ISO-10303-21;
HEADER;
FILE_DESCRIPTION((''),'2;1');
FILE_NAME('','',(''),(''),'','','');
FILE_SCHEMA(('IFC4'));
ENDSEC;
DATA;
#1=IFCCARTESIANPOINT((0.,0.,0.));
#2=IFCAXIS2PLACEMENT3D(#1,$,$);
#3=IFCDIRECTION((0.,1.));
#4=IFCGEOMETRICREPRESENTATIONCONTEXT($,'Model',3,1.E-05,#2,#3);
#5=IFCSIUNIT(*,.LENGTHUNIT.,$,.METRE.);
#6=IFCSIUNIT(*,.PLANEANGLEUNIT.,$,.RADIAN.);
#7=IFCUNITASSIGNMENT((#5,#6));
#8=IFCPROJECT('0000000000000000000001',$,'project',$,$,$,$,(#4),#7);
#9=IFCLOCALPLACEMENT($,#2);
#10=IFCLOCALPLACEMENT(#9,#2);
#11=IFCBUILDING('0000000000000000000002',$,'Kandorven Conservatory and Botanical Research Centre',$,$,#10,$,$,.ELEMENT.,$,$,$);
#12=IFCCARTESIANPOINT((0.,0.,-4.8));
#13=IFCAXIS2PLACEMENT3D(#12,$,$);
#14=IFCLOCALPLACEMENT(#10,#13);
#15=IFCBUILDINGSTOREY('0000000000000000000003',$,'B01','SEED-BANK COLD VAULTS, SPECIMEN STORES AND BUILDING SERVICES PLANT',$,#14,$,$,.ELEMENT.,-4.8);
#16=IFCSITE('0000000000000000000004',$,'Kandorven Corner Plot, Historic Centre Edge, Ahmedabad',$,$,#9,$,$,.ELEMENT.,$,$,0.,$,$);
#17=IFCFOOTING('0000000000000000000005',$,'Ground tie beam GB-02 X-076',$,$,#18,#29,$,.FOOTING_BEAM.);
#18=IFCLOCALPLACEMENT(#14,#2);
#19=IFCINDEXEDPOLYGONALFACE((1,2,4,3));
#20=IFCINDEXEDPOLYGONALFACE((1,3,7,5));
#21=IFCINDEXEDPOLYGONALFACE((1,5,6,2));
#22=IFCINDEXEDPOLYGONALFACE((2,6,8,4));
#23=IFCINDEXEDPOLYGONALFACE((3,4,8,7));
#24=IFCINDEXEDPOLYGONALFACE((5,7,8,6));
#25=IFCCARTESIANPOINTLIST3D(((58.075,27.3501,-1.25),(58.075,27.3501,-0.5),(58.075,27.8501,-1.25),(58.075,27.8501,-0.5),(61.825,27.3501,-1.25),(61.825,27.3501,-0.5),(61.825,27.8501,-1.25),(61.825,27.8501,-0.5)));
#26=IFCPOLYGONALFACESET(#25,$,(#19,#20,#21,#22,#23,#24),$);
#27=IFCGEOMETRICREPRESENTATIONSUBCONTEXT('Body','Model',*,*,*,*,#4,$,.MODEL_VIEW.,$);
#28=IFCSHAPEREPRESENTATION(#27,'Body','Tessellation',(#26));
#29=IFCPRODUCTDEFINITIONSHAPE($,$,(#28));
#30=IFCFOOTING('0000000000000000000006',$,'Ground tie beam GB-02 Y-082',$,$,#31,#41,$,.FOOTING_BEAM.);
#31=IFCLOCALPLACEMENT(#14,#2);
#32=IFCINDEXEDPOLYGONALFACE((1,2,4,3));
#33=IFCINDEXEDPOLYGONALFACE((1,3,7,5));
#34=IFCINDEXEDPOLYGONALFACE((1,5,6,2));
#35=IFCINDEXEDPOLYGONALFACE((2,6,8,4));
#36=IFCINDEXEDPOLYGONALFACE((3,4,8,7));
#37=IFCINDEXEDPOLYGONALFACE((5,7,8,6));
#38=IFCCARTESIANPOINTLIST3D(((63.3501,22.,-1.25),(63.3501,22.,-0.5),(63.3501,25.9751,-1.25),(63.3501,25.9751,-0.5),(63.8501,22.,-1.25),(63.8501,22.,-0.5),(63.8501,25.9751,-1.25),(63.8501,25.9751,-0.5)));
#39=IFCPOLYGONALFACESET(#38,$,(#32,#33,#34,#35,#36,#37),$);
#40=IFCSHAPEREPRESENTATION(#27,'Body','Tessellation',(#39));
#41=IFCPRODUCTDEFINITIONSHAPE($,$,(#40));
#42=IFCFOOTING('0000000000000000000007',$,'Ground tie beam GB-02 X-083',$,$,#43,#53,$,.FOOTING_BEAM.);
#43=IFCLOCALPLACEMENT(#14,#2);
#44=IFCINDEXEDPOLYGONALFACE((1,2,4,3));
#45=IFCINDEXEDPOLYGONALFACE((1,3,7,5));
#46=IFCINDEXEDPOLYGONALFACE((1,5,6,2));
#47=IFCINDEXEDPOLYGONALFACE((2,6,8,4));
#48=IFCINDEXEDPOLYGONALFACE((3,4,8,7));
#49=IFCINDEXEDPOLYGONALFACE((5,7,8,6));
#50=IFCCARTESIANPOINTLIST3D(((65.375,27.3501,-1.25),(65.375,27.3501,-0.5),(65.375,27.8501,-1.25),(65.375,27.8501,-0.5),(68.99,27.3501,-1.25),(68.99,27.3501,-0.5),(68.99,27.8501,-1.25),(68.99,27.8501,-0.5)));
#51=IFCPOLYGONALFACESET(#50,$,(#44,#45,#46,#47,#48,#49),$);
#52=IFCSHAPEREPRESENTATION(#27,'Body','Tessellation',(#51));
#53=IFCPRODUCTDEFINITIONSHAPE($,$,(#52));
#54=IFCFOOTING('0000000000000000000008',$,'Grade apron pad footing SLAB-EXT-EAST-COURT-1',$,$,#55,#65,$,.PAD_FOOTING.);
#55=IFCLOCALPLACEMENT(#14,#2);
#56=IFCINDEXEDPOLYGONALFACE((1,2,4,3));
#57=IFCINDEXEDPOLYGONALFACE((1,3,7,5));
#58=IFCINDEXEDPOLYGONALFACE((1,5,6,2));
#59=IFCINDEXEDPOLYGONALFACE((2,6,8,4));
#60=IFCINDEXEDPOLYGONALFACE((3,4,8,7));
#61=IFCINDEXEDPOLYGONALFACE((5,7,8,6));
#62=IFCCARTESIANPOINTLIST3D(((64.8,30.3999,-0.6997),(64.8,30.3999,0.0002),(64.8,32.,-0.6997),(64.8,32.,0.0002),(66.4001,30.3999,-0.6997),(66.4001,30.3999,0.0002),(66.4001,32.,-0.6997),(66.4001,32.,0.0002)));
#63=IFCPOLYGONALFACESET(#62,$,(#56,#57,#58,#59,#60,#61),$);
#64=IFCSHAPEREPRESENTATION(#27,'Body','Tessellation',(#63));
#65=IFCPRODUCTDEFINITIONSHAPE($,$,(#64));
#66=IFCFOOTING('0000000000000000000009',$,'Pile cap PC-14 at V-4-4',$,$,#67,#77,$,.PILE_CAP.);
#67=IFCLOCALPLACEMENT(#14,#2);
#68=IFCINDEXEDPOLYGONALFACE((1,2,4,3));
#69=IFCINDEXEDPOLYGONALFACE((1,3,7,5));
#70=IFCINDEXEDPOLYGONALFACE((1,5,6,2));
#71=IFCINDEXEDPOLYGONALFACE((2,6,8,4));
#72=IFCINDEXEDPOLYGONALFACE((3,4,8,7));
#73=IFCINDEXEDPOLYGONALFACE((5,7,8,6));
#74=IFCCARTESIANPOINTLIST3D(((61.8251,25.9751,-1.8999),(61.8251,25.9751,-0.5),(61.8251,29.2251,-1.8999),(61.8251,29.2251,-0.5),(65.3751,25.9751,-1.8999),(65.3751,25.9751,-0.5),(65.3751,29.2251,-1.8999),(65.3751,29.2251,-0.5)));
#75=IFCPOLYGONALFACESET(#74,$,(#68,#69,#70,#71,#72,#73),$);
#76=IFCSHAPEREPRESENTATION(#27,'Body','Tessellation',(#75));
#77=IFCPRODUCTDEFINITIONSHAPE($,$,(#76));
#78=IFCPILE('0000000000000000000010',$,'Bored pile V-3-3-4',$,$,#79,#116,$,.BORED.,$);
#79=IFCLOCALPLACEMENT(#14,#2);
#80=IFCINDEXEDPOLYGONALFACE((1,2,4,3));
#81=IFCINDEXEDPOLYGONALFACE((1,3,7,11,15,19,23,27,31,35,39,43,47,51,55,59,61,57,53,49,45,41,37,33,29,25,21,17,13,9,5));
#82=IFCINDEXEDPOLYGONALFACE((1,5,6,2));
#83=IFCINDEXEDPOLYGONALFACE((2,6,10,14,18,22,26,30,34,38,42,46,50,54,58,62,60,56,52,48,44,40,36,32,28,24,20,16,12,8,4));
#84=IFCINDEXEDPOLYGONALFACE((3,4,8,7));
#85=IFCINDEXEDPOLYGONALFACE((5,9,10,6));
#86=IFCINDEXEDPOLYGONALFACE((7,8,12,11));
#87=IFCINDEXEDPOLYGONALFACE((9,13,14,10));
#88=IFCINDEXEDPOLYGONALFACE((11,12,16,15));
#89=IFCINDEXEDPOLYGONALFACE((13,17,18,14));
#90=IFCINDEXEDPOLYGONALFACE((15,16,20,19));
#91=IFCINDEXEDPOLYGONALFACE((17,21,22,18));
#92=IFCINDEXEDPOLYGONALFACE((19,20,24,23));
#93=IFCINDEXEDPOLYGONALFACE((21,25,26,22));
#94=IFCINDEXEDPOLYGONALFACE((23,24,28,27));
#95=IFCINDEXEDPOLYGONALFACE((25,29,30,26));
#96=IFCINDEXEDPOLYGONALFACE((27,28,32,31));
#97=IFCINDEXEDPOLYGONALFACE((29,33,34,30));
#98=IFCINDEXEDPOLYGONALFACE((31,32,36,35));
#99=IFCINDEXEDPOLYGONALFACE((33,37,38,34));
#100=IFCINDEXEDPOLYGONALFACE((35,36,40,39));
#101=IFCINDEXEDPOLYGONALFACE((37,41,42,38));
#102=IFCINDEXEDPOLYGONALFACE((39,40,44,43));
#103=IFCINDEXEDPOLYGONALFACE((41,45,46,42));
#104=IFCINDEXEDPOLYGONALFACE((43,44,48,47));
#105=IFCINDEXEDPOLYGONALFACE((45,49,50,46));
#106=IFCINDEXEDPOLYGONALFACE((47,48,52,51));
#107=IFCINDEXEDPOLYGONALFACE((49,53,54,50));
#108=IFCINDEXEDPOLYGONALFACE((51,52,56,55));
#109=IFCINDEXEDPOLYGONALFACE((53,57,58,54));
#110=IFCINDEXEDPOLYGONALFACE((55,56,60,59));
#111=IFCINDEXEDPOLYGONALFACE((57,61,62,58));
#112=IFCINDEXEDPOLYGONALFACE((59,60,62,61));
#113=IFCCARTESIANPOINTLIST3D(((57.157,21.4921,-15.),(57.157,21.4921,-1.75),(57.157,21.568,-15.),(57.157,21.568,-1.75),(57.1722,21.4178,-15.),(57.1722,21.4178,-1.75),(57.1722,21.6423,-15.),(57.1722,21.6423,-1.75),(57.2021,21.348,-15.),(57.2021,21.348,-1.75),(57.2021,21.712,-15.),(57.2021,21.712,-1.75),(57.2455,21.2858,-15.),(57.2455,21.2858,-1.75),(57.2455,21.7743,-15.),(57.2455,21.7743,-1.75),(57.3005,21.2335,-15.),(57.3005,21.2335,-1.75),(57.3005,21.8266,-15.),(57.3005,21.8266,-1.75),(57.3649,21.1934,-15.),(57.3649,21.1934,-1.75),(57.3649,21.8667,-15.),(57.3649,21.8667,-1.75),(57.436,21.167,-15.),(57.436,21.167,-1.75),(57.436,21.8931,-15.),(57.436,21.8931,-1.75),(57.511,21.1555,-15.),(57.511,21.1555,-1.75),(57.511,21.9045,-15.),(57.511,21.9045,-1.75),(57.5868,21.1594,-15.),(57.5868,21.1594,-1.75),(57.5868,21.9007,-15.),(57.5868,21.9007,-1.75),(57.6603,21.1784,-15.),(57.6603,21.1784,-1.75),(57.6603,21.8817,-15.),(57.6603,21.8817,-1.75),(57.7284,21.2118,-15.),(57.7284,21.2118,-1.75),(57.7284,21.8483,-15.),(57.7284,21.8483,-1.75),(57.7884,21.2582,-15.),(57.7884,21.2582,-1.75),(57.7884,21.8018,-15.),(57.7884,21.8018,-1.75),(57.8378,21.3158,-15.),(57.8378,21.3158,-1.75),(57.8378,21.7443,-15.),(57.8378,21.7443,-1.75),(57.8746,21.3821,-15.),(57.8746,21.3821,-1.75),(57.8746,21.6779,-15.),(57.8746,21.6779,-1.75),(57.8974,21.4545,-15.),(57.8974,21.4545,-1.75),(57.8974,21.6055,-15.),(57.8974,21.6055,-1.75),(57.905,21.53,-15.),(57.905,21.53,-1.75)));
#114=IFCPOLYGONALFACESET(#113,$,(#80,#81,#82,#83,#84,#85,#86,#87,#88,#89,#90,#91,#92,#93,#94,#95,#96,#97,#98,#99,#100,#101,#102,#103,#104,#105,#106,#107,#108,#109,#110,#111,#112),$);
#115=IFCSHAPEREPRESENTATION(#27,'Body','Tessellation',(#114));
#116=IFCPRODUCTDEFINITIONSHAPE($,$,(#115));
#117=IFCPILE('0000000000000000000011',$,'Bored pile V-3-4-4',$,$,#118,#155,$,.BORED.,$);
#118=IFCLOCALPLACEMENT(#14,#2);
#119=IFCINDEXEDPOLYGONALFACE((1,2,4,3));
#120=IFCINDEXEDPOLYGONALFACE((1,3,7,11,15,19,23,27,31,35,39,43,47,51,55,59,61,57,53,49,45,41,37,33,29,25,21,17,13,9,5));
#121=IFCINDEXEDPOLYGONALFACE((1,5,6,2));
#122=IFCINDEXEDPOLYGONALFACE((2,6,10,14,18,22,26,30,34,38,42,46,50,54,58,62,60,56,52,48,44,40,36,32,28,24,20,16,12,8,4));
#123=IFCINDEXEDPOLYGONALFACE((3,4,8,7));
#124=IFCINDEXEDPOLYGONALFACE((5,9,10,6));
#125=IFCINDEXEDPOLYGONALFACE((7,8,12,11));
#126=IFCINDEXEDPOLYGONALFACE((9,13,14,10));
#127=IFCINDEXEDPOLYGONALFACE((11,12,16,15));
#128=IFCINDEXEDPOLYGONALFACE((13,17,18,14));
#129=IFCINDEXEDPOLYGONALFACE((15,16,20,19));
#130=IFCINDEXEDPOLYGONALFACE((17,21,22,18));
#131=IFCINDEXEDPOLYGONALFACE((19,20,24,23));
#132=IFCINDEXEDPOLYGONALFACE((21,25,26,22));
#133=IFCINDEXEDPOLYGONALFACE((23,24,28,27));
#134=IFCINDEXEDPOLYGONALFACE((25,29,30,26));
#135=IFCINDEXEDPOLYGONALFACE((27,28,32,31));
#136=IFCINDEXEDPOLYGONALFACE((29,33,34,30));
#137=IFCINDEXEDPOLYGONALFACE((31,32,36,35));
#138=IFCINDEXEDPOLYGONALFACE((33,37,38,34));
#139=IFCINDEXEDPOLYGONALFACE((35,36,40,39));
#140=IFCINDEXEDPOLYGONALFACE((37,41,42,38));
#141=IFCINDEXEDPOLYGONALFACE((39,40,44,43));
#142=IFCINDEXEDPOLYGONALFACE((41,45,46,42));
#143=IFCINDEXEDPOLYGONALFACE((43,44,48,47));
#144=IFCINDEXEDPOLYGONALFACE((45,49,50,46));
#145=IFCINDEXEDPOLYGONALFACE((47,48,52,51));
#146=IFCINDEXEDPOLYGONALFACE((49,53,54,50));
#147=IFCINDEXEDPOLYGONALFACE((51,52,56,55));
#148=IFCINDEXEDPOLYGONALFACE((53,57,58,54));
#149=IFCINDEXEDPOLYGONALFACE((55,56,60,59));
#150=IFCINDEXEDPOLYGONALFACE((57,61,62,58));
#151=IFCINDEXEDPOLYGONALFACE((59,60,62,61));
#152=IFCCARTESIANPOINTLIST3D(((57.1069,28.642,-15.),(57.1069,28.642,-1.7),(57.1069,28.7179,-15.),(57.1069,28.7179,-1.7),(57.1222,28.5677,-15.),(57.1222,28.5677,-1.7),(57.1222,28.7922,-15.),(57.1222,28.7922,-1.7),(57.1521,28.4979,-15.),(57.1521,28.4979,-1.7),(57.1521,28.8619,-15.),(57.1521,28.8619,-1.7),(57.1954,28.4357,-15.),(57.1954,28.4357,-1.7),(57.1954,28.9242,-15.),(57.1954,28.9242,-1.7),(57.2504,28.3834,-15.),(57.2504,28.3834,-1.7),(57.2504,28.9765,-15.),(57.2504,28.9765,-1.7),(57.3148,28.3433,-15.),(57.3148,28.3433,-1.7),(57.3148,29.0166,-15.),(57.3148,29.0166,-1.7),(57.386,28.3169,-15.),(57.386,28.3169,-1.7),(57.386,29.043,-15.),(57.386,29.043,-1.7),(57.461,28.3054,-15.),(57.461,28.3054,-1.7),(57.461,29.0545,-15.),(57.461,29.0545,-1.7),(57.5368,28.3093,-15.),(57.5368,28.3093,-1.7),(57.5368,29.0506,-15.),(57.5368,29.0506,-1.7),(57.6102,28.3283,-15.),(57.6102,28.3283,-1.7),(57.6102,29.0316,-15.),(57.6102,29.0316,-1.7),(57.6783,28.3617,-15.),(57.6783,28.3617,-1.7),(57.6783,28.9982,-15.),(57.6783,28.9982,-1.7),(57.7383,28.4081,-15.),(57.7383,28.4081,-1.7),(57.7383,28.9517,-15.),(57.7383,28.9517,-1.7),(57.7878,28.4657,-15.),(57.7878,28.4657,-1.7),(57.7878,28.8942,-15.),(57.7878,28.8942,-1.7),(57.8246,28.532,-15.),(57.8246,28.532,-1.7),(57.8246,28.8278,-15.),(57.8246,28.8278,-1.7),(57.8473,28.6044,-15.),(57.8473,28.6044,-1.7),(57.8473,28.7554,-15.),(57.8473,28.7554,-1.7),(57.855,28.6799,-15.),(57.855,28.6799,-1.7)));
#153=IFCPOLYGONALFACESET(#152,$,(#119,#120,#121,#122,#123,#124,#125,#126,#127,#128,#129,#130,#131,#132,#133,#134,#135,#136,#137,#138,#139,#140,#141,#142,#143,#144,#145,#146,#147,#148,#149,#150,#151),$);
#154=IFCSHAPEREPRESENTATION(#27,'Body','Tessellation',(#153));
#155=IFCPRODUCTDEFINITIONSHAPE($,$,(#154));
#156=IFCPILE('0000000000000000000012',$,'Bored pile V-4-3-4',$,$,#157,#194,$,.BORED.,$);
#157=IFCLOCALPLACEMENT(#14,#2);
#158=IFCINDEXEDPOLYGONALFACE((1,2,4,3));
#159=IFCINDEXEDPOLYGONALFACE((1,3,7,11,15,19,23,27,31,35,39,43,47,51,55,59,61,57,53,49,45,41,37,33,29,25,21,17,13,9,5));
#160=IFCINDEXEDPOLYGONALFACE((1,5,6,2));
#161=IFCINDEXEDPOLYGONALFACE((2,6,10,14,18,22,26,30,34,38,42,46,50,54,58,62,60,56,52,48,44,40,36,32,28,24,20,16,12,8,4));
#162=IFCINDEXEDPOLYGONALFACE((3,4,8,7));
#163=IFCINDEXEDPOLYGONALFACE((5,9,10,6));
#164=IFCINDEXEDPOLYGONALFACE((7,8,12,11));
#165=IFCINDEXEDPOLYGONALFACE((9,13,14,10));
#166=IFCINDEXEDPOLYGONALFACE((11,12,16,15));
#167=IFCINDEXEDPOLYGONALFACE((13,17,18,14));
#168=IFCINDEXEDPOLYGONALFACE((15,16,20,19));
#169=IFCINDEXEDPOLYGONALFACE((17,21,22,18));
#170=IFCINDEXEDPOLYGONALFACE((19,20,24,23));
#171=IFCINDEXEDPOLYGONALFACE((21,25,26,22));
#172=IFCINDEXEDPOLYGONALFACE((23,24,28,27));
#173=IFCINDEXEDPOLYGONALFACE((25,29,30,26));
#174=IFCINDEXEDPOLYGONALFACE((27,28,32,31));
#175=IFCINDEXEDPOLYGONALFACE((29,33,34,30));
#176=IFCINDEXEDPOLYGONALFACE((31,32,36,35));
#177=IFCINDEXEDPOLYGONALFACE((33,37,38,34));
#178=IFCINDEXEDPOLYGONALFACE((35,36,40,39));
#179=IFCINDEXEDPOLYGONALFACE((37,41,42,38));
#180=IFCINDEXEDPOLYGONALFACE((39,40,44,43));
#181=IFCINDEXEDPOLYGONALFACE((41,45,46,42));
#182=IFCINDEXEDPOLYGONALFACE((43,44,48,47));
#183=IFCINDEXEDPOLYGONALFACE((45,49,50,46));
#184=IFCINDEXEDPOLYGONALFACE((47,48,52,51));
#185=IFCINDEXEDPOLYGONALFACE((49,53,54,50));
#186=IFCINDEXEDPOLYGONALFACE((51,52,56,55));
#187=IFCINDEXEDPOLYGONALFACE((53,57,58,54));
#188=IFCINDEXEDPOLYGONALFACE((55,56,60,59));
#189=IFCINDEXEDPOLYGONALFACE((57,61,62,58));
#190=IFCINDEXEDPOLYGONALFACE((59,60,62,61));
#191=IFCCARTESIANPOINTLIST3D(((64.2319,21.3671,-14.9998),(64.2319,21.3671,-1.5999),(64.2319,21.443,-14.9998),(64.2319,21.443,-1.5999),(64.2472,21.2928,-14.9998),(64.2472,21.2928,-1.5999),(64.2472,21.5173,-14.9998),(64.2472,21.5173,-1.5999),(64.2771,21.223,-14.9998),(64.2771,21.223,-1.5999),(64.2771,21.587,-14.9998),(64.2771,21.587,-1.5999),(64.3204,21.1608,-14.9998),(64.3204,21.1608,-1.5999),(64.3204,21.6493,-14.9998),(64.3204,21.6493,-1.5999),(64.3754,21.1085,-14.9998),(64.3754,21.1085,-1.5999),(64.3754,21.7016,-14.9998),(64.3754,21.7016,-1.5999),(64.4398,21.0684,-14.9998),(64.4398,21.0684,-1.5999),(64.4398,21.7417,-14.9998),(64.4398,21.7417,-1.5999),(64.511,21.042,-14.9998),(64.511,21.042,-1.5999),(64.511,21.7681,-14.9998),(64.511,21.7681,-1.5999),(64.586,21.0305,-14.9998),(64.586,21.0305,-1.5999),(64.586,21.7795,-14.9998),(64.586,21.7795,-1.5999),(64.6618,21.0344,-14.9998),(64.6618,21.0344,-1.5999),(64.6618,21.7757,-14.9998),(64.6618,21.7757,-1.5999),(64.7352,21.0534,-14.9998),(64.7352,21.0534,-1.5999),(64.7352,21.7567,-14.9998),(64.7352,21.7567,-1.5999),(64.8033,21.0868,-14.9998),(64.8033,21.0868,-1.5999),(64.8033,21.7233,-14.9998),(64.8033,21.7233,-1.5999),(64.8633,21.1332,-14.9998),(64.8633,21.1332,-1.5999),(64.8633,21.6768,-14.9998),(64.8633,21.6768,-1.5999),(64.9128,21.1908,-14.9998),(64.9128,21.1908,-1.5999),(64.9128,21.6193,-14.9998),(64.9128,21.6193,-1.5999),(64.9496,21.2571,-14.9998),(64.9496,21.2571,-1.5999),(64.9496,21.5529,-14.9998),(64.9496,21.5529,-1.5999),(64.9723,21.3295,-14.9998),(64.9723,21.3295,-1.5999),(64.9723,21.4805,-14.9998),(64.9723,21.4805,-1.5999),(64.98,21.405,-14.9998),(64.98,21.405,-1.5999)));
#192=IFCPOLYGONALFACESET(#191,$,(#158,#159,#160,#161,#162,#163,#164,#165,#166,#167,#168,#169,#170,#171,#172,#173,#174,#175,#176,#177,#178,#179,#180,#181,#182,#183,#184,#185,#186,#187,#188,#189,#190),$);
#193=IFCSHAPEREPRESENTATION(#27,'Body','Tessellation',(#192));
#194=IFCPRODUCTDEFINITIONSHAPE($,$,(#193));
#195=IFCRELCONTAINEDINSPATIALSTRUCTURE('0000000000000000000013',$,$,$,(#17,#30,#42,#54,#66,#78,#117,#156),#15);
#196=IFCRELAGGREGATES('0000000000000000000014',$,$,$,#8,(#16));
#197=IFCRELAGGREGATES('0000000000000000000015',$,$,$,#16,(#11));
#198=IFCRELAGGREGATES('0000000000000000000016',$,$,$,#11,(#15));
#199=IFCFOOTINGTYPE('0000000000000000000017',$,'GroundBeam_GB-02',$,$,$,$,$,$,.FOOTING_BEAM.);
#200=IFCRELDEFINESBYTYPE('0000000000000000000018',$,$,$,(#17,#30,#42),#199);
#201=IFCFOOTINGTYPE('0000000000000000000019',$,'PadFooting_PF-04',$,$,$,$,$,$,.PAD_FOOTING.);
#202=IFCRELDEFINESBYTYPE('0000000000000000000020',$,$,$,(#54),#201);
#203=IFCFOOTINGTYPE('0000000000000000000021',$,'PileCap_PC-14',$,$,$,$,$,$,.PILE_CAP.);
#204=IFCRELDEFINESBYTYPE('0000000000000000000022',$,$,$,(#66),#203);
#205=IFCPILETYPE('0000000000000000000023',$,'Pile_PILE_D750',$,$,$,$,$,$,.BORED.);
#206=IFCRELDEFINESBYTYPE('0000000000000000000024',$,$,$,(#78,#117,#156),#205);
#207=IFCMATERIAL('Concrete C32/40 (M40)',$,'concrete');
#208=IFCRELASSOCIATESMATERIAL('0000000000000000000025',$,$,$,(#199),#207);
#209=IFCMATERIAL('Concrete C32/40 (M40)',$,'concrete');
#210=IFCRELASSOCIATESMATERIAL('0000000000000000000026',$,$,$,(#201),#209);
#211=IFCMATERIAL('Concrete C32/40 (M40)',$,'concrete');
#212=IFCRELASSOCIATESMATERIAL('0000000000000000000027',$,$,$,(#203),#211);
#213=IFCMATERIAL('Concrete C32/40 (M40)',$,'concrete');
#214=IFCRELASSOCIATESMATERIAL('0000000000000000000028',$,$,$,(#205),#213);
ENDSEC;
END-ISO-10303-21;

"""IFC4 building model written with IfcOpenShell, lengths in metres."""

from ifc_helpers import new_model, si_unit, direction, frame, origin, origin_2d, place, context, subcontext, project, spatial, rectangle, circle, extrude, material, material_profile, profile_set, type_object, element, save


model = new_model("IFC4")

# Units and contexts
model_context = context("Model", 3, precision=1e-05, world=origin(), true_north=direction((0.0, 1.0)))
body_context = subcontext(model_context, "Body", "Model", "MODEL_VIEW")
ifc_project = project(units=[si_unit("LENGTHUNIT", "METRE"), si_unit("PLANEANGLEUNIT", "RADIAN")], contexts=[model_context])

# Site, building, storey
site_placement = place(None, origin())
site = spatial("IfcSite", under=ifc_project, at=site_placement, Name="Kandorven Corner Plot, Historic Centre Edge, Ahmedabad", CompositionType="ELEMENT", RefElevation=0.0)
building_placement = place(site_placement, origin())
building = spatial("IfcBuilding", under=site, at=building_placement, Name="Kandorven Conservatory and Botanical Research Centre", CompositionType="ELEMENT")
storey_placement = place(building_placement, frame((0.0, 0.0, -4.8)))
storey = spatial("IfcBuildingStorey", under=building, at=storey_placement, Name="B01", Description="SEED-BANK COLD VAULTS, SPECIMEN STORES AND BUILDING SERVICES PLANT", CompositionType="ELEMENT", Elevation=-4.8)

# Footings
ifc_material_1 = material(Name="Concrete C32/40 (M40)", Category="concrete")
ifc_material_profile_1 = material_profile(ifc_material_1, rectangle(XDim=0.5, YDim=0.75, at=origin_2d()))
ifc_profile_set_1 = profile_set([ifc_material_profile_1], Name="Concrete C32/40 (M40)")
footing_type_1 = type_object("IfcFootingType", Name="GroundBeam_GB-02", PredefinedType="FOOTING_BEAM", material=ifc_profile_set_1)
footing_1_placement = place(storey_placement, frame((58.075, 27.6001, -0.875), z_axis=(1.0, 0.0, 0.0), x_axis=(0.0, 1.0, 0.0)))
element("IfcFooting", 1, at=footing_1_placement, inside=storey, type_object=footing_type_1, Name="Ground tie beam GB-02 X-076", PredefinedType="FOOTING_BEAM", context=body_context, shape_type="SweptSolid", body=[
    extrude(rectangle(XDim=0.5, YDim=0.75, at=origin_2d()), origin(), (0.0, 0.0, 1.0), 3.75),
])
footing_2_placement = place(storey_placement, frame((63.6001, 22.0, -0.875), z_axis=(0.0, 1.0, 0.0), x_axis=(-1.0, 0.0, 0.0)))
element("IfcFooting", 2, at=footing_2_placement, inside=storey, type_object=footing_type_1, Name="Ground tie beam GB-02 Y-082", PredefinedType="FOOTING_BEAM", context=body_context, shape_type="SweptSolid", body=[
    extrude(rectangle(XDim=0.5, YDim=0.75, at=origin_2d()), origin(), (0.0, 0.0, 1.0), 3.9751),
])
footing_3_placement = place(storey_placement, frame((65.375, 27.6001, -0.875), z_axis=(1.0, 0.0, 0.0), x_axis=(0.0, 1.0, 0.0)))
element("IfcFooting", 3, at=footing_3_placement, inside=storey, type_object=footing_type_1, Name="Ground tie beam GB-02 X-083", PredefinedType="FOOTING_BEAM", context=body_context, shape_type="SweptSolid", body=[
    extrude(rectangle(XDim=0.5, YDim=0.75, at=origin_2d()), origin(), (0.0, 0.0, 1.0), 3.615),
])
ifc_material_2 = material(Name="Concrete C32/40 (M40)", Category="concrete")
footing_type_2 = type_object("IfcFootingType", Name="PadFooting_PF-04", PredefinedType="PAD_FOOTING", material=ifc_material_2)
footing_4_placement = place(storey_placement, frame((65.6001, 31.2, -0.6997), z_axis=(0.0, 0.0, 1.0), x_axis=(1.0, 0.0, 0.0)))
element("IfcFooting", 4, at=footing_4_placement, inside=storey, type_object=footing_type_2, Name="Grade apron pad footing SLAB-EXT-EAST-COURT-1", PredefinedType="PAD_FOOTING", context=body_context, shape_type="SweptSolid", body=[
    extrude(rectangle(XDim=1.6001, YDim=1.6001, at=origin_2d()), origin(), (0.0, 0.0, 1.0), 0.7),
])
ifc_material_3 = material(Name="Concrete C32/40 (M40)", Category="concrete")
footing_type_3 = type_object("IfcFootingType", Name="PileCap_PC-14", PredefinedType="PILE_CAP", material=ifc_material_3)
footing_5_placement = place(storey_placement, frame((63.6001, 27.6001, -1.8999), z_axis=(0.0, 0.0, 1.0), x_axis=(1.0, 0.0, 0.0)))
element("IfcFooting", 5, at=footing_5_placement, inside=storey, type_object=footing_type_3, Name="Pile cap PC-14 at V-4-4", PredefinedType="PILE_CAP", context=body_context, shape_type="SweptSolid", body=[
    extrude(rectangle(XDim=3.55, YDim=3.25, at=origin_2d()), origin(), (0.0, 0.0, 1.0), 1.3999),
])

# Piles
ifc_material_4 = material(Name="Concrete C32/40 (M40)", Category="concrete")
ifc_material_profile_2 = material_profile(ifc_material_4, circle(Radius=0.375, at=origin_2d()))
ifc_profile_set_2 = profile_set([ifc_material_profile_2], Name="Concrete C32/40 (M40)")
pile_type = type_object("IfcPileType", Name="Pile_PILE_D750", PredefinedType="BORED", material=ifc_profile_set_2)
pile_1_placement = place(storey_placement, frame((57.53, 21.53, -1.75), z_axis=(0.0, 0.0, -1.0), x_axis=(1.0, 0.0, 0.0)))
element("IfcPile", 6, at=pile_1_placement, inside=storey, type_object=pile_type, Name="Bored pile V-3-3-4", PredefinedType="BORED", context=body_context, shape_type="SweptSolid", body=[
    extrude(circle(Radius=0.375, at=origin_2d()), origin(), (0.0, 0.0, 1.0), 13.25),
])
pile_2_placement = place(storey_placement, frame((57.48, 28.6799, -1.7), z_axis=(0.0, 0.0, -1.0), x_axis=(1.0, 0.0, 0.0)))
element("IfcPile", 7, at=pile_2_placement, inside=storey, type_object=pile_type, Name="Bored pile V-3-4-4", PredefinedType="BORED", context=body_context, shape_type="SweptSolid", body=[
    extrude(circle(Radius=0.375, at=origin_2d()), origin(), (0.0, 0.0, 1.0), 13.3),
])
pile_3_placement = place(storey_placement, frame((64.605, 21.405, -1.5999), z_axis=(0.0, 0.0, -1.0), x_axis=(1.0, 0.0, 0.0)))
element("IfcPile", 8, at=pile_3_placement, inside=storey, type_object=pile_type, Name="Bored pile V-4-3-4", PredefinedType="BORED", context=body_context, shape_type="SweptSolid", body=[
    extrude(circle(Radius=0.375, at=origin_2d()), origin(), (0.0, 0.0, 1.0), 13.3999),
])

save(model, "model.ifc")
